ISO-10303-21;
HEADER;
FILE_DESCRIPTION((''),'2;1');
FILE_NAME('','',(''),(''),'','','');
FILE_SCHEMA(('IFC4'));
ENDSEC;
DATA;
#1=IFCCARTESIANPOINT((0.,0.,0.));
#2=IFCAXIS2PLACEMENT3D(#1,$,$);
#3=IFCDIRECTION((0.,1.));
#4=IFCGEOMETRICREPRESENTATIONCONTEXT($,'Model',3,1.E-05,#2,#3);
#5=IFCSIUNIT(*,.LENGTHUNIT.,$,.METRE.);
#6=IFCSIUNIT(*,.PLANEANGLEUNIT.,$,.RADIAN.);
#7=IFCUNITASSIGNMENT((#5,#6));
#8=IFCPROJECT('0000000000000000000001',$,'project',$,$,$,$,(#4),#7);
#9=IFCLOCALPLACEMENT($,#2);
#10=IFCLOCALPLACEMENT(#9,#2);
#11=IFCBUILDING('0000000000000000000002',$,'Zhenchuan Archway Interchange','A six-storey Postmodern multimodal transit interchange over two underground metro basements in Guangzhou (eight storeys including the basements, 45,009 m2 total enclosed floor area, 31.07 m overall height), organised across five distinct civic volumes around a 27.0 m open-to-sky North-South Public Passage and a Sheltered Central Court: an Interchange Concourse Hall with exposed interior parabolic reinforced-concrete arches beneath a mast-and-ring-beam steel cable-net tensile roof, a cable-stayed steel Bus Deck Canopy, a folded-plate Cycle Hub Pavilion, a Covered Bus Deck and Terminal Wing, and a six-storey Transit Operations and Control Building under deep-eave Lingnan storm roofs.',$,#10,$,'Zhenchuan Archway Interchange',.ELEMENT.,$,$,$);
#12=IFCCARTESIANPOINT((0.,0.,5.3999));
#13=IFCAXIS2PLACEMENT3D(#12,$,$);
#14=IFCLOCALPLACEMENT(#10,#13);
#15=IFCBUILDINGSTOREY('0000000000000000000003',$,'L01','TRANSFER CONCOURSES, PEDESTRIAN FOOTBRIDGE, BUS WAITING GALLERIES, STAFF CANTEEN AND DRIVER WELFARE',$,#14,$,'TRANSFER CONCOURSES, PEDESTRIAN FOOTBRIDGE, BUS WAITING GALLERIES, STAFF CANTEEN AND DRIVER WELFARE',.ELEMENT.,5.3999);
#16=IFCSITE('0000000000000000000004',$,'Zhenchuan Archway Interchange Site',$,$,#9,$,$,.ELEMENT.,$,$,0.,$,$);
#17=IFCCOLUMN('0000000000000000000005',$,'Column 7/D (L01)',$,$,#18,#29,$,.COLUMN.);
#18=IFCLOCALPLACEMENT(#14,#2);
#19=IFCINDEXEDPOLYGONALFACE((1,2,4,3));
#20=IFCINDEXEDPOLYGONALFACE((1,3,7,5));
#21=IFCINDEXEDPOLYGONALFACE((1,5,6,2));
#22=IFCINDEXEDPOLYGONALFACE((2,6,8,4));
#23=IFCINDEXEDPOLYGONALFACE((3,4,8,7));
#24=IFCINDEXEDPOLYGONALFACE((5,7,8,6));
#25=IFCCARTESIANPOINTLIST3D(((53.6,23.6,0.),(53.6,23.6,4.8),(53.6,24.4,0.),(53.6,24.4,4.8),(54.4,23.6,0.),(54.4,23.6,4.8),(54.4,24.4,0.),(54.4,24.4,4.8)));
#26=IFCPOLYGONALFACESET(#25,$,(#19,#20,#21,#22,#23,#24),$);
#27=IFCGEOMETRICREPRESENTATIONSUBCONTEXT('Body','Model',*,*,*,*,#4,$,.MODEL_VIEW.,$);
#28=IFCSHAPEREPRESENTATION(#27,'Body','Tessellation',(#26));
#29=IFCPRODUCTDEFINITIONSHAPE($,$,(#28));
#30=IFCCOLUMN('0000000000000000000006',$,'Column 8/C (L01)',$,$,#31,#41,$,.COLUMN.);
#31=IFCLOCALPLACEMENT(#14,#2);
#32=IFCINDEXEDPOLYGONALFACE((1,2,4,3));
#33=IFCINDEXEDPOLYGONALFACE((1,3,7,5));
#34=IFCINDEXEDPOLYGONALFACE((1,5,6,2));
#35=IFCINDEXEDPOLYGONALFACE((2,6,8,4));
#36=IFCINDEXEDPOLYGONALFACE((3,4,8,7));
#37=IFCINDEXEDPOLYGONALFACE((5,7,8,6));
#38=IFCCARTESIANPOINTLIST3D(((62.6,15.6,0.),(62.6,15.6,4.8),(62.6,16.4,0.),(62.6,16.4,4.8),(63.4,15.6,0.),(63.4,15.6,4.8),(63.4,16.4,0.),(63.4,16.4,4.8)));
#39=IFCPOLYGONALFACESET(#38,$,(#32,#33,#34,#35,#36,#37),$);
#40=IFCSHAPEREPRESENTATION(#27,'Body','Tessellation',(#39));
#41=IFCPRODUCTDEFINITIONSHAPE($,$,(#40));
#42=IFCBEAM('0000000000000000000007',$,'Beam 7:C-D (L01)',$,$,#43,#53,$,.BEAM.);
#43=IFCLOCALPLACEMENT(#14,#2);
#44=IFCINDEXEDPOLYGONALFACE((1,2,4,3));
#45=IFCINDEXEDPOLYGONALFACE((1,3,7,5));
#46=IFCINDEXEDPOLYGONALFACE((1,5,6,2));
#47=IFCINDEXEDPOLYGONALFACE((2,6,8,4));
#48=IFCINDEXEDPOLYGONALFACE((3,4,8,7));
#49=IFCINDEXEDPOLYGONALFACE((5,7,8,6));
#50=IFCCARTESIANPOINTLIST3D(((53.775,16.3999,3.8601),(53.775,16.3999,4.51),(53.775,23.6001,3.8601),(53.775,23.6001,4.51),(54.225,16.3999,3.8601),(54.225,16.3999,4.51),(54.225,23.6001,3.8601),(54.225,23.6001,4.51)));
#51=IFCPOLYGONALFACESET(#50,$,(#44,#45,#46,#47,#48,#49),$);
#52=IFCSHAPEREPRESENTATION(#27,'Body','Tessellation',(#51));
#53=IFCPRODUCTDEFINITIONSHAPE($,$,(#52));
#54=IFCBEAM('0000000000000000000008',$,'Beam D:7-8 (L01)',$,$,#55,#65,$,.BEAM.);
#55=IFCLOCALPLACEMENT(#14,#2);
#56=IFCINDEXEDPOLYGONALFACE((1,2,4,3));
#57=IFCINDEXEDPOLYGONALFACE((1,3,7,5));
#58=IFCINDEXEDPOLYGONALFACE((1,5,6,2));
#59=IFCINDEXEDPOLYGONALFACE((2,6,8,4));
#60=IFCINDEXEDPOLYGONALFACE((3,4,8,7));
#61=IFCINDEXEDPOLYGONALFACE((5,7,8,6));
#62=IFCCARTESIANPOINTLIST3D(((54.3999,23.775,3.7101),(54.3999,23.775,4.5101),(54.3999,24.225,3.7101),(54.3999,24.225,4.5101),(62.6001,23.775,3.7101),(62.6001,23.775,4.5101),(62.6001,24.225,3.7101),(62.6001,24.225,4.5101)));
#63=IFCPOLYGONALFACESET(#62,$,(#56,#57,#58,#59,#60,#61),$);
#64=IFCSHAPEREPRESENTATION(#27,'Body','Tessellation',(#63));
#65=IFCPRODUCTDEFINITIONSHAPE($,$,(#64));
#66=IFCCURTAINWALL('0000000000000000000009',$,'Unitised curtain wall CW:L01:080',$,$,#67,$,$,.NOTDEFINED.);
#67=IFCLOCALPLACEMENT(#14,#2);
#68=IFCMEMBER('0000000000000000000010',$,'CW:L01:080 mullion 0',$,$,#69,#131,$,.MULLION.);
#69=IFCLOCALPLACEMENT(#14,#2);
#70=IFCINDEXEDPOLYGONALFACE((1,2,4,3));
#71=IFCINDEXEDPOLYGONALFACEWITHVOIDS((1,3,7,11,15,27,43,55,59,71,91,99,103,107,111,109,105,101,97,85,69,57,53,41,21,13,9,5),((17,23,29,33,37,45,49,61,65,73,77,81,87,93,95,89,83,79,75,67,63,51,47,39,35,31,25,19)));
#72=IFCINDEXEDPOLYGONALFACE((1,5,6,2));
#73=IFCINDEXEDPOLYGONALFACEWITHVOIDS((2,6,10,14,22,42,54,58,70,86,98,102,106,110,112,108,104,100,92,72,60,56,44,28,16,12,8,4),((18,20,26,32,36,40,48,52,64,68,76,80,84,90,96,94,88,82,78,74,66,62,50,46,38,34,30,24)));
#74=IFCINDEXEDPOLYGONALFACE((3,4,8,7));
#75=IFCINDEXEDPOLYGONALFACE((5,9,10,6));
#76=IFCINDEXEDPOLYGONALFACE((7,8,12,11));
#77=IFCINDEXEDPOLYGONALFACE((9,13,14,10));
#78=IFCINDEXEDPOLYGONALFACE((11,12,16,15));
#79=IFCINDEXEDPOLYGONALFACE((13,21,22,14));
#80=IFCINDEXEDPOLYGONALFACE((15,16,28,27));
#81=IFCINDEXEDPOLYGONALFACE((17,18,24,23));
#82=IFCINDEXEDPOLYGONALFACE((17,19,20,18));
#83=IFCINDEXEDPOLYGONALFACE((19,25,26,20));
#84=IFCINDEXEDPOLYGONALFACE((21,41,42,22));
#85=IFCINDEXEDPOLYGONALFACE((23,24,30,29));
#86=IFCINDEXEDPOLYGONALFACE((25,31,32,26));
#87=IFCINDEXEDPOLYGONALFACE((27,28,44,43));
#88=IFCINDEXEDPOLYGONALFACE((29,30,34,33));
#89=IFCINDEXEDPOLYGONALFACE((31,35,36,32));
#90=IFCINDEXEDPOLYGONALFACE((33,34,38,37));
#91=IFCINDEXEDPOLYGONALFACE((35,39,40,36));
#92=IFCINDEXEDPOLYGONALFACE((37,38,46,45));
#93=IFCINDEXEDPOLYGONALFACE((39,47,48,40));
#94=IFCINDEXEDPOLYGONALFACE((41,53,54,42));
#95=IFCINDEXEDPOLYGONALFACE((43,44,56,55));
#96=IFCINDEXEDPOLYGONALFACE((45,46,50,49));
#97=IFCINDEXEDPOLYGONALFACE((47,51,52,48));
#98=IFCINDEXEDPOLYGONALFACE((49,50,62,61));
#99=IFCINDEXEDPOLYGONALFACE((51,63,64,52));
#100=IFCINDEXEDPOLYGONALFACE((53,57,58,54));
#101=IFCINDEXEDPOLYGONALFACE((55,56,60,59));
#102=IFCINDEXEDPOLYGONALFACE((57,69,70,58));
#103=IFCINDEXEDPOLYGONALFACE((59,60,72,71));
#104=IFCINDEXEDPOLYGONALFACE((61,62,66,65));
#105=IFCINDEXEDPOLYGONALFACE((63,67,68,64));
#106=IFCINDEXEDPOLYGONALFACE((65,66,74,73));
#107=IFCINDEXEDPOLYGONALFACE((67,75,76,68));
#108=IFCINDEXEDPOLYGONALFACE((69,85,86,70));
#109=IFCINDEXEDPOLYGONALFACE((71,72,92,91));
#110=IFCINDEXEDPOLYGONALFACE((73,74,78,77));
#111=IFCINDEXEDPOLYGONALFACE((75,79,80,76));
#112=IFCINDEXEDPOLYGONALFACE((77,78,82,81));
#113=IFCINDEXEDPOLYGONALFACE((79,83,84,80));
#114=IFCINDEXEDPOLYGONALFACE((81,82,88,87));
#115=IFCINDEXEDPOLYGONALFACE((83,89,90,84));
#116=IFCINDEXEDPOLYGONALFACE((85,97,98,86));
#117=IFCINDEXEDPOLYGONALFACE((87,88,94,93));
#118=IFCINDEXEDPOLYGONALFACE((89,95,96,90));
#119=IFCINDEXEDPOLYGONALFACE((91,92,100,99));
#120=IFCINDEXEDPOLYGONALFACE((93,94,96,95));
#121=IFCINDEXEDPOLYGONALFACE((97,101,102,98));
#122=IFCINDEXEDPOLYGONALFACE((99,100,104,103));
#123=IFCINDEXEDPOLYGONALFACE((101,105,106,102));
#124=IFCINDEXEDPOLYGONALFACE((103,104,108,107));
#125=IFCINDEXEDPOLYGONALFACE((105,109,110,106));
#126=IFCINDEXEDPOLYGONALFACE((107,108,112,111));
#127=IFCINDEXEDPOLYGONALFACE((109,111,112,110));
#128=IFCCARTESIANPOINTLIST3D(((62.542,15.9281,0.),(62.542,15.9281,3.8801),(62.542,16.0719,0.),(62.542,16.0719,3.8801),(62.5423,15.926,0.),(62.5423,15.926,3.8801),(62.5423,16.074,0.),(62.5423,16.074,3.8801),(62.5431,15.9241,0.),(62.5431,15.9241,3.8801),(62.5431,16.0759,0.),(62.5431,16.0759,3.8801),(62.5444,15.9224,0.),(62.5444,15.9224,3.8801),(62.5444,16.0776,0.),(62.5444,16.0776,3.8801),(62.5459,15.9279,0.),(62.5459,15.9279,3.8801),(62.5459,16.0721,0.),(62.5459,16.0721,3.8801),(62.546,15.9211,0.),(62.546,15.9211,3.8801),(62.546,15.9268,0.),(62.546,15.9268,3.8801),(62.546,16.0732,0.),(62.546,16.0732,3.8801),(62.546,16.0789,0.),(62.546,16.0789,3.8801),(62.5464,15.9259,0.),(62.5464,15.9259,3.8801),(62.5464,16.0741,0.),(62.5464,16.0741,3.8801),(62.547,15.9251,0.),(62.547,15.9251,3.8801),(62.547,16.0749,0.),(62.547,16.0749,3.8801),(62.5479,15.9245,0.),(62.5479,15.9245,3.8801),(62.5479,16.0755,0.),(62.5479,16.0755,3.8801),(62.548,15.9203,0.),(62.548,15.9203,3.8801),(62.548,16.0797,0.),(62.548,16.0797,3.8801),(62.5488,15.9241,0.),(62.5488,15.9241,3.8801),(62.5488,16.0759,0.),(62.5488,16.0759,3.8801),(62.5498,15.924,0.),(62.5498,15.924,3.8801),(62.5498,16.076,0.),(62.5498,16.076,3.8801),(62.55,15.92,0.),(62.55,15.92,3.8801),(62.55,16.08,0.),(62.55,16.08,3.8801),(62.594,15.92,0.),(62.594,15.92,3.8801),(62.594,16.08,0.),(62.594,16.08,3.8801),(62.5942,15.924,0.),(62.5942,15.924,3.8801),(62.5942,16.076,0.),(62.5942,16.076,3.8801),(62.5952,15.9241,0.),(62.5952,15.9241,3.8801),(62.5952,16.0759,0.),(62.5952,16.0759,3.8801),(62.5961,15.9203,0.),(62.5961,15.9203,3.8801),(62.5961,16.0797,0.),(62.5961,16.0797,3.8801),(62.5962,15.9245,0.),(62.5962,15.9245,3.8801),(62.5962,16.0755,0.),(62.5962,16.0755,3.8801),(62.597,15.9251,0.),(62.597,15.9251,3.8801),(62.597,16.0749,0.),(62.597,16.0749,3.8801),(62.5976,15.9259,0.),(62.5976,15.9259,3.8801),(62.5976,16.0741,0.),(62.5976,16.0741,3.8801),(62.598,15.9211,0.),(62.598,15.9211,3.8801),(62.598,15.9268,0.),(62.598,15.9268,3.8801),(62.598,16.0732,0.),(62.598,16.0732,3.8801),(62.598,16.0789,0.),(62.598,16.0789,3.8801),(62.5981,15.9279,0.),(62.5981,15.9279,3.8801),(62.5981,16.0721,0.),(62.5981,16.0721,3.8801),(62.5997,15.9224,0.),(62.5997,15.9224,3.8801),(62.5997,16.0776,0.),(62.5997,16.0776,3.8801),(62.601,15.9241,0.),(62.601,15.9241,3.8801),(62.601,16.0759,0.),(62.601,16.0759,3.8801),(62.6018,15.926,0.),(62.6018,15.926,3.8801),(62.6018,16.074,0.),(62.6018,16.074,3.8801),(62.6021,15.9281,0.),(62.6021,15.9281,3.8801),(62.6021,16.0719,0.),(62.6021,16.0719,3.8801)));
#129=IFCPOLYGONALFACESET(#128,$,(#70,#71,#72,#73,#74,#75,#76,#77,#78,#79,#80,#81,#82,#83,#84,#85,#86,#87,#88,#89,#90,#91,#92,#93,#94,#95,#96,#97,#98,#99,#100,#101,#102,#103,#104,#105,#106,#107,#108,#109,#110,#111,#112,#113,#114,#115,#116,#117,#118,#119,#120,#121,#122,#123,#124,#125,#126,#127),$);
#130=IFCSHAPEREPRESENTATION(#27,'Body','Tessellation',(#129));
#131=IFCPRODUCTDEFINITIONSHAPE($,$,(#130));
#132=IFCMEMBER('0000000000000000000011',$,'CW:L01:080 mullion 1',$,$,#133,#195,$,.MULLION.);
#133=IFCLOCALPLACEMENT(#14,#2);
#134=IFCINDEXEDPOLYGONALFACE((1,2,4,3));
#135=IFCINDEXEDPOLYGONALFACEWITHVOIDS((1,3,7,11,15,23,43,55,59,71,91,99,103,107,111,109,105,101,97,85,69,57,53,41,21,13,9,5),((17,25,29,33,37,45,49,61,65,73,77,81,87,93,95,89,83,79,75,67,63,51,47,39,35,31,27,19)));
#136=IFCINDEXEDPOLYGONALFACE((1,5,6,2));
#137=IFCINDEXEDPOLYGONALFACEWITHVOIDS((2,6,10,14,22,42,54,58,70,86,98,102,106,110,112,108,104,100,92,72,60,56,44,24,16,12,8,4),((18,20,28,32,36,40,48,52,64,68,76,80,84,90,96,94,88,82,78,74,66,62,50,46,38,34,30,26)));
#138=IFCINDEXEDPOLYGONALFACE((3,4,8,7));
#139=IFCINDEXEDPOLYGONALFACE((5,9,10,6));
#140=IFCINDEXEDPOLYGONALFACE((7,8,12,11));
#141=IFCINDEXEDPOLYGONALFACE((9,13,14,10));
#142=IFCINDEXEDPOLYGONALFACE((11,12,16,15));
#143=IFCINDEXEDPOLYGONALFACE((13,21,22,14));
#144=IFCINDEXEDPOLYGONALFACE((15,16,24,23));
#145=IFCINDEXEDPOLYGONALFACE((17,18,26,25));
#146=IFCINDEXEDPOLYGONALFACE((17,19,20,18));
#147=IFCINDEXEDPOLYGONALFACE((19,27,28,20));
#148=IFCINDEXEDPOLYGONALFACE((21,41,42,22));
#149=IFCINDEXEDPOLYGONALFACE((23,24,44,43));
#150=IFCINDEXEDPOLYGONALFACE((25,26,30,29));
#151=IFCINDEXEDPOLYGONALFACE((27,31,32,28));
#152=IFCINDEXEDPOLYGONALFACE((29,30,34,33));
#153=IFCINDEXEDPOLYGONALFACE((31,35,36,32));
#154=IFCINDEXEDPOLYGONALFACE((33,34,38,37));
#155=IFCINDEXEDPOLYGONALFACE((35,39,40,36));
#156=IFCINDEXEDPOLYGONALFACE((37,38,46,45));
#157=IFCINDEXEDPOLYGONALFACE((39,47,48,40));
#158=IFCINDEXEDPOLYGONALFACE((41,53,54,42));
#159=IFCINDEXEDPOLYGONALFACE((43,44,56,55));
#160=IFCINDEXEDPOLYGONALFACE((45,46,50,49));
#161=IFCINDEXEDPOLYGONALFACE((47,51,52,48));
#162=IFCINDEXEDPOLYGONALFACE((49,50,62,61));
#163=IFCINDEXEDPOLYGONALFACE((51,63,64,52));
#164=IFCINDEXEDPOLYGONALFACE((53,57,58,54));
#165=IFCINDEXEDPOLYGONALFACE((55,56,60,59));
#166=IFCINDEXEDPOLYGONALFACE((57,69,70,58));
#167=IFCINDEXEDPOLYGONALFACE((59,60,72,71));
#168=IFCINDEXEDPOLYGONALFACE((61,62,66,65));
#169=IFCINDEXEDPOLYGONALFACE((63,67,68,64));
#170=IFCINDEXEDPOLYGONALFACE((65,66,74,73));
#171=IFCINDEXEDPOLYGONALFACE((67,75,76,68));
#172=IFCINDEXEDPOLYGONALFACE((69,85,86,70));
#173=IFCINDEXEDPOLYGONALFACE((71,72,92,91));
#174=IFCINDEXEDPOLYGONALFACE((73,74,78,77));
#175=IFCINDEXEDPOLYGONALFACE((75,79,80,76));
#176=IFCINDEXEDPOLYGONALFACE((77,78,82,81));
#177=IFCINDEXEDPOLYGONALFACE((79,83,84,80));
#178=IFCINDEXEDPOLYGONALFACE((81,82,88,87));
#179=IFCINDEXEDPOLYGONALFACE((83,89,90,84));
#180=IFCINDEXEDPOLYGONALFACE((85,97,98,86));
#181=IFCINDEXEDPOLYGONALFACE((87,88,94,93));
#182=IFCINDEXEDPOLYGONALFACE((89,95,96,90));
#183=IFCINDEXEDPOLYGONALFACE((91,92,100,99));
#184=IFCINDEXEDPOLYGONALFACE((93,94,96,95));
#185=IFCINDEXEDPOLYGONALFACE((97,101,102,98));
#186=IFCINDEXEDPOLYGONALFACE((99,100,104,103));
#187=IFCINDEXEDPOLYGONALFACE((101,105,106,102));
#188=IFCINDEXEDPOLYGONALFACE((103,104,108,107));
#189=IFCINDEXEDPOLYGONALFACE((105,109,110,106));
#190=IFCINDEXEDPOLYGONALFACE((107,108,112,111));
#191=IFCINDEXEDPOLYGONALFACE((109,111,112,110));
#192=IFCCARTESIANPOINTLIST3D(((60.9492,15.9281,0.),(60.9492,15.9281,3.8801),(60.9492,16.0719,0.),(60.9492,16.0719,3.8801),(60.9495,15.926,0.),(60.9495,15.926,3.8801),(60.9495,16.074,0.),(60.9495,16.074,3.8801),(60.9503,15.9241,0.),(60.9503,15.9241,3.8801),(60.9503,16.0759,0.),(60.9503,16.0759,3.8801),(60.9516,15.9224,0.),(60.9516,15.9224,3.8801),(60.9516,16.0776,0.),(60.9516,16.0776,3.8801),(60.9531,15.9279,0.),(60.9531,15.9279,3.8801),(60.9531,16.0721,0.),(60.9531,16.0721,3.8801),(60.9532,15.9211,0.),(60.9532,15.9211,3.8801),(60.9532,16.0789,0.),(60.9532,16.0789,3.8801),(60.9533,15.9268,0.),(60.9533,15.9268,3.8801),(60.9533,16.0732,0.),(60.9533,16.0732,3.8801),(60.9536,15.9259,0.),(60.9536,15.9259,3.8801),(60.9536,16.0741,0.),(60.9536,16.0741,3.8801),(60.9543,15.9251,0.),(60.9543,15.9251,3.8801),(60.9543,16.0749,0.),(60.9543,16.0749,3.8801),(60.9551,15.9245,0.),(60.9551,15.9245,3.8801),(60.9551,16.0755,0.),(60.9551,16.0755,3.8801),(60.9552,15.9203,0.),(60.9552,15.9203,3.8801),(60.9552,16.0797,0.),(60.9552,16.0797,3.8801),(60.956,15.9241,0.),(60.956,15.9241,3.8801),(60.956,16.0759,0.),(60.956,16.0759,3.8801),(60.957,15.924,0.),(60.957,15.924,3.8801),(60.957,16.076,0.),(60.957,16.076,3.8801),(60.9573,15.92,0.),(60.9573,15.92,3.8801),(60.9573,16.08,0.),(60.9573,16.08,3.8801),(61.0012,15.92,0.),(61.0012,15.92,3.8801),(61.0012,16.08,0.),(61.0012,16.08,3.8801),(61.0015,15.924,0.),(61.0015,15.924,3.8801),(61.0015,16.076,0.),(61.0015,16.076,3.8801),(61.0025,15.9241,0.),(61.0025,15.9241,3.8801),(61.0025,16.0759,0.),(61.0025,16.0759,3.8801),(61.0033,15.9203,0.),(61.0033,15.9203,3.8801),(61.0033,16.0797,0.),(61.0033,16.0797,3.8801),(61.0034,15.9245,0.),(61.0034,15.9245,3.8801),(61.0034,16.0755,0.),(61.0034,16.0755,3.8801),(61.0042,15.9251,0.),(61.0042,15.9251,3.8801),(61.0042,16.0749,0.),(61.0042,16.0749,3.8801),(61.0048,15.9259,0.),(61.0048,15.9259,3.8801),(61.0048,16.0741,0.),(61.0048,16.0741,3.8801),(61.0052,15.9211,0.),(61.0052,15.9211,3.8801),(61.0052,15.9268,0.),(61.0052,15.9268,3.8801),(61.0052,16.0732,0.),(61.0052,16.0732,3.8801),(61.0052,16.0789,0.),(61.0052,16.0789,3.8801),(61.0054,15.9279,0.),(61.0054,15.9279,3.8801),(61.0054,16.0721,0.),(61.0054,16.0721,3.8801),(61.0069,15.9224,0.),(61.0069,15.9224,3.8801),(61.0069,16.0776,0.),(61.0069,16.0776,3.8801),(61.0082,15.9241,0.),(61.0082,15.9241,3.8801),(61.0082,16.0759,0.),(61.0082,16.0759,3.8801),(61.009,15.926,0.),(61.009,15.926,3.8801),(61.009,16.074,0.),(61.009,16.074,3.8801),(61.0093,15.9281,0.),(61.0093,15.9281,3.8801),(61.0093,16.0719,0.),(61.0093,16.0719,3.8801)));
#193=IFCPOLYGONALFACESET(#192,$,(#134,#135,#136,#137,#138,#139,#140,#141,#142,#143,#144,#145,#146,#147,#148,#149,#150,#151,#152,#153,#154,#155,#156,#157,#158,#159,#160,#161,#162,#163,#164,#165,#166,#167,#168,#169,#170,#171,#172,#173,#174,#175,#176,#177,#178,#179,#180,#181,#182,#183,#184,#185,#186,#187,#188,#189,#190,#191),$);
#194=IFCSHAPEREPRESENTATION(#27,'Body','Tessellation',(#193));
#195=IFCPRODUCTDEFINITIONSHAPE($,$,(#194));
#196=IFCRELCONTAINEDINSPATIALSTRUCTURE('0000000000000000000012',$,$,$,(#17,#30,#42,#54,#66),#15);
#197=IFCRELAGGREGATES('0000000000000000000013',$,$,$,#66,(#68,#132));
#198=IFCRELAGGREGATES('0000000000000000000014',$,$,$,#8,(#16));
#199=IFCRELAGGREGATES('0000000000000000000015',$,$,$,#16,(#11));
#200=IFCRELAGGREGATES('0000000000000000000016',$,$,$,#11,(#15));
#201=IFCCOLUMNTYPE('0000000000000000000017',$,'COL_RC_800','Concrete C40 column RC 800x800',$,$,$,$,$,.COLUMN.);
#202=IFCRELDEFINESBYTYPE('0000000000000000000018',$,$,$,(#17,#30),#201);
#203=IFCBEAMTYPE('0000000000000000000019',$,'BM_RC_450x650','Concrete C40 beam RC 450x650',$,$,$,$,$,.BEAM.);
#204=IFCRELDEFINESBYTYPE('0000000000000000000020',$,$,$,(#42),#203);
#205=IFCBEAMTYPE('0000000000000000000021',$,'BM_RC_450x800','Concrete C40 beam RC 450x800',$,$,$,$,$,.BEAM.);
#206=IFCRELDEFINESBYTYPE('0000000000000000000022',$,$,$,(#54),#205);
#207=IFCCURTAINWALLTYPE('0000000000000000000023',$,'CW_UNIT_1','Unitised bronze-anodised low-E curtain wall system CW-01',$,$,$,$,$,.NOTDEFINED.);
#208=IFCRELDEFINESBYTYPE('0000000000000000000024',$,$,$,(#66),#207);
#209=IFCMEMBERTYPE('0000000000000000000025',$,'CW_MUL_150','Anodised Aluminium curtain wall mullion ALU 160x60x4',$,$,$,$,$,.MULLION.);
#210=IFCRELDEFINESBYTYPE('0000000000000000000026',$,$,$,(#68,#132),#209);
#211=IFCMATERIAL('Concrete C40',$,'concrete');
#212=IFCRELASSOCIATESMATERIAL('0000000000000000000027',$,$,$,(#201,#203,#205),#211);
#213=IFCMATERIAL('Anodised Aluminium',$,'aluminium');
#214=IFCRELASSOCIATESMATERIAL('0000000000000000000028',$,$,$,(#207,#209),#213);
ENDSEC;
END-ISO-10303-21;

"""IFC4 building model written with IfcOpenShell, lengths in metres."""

from ifc_helpers import new_model, si_unit, direction, frame, origin, origin_2d, place, context, subcontext, project, spatial, rectangle, hollow_rectangle, extrude, material, material_profile, profile_set, type_object, element, aggregate, save


model = new_model("IFC4")

# Units and contexts
model_context = context("Model", 3, precision=1e-05, world=origin(), true_north=direction((0.0, 1.0)))
body_context = subcontext(model_context, "Body", "Model", "MODEL_VIEW")
ifc_project = project(units=[si_unit("LENGTHUNIT", "METRE"), si_unit("PLANEANGLEUNIT", "RADIAN")], contexts=[model_context])

# Site, building, storey
site_placement = place(None, origin())
site = spatial("IfcSite", under=ifc_project, at=site_placement, Name="Zhenchuan Archway Interchange Site", CompositionType="ELEMENT", RefElevation=0.0)
building_placement = place(site_placement, origin())
building = spatial("IfcBuilding", under=site, at=building_placement, Name="Zhenchuan Archway Interchange", Description="A six-storey Postmodern multimodal transit interchange over two underground metro basements in Guangzhou (eight storeys including the basements, 45,009 m2 total enclosed floor area, 31.07 m overall height), organised across five distinct civic volumes around a 27.0 m open-to-sky North-South Public Passage and a Sheltered Central Court: an Interchange Concourse Hall with exposed interior parabolic reinforced-concrete arches beneath a mast-and-ring-beam steel cable-net tensile roof, a cable-stayed steel Bus Deck Canopy, a folded-plate Cycle Hub Pavilion, a Covered Bus Deck and Terminal Wing, and a six-storey Transit Operations and Control Building under deep-eave Lingnan storm roofs.", LongName="Zhenchuan Archway Interchange", CompositionType="ELEMENT")
storey_placement = place(building_placement, frame((0.0, 0.0, 5.3999)))
storey = spatial("IfcBuildingStorey", under=building, at=storey_placement, Name="L01", Description="TRANSFER CONCOURSES, PEDESTRIAN FOOTBRIDGE, BUS WAITING GALLERIES, STAFF CANTEEN AND DRIVER WELFARE", LongName="TRANSFER CONCOURSES, PEDESTRIAN FOOTBRIDGE, BUS WAITING GALLERIES, STAFF CANTEEN AND DRIVER WELFARE", CompositionType="ELEMENT", Elevation=5.3999)

# Columns
ifc_material_1 = material(Name="Concrete C40", Category="concrete")
ifc_material_profile_1 = material_profile(ifc_material_1, rectangle(XDim=0.8, YDim=0.8, at=origin_2d()), Name="RC 800x800")
ifc_profile_set_1 = profile_set([ifc_material_profile_1], Name="Concrete C40")
column_type = type_object("IfcColumnType", Name="COL_RC_800", Description="Concrete C40 column RC 800x800", PredefinedType="COLUMN", material=ifc_profile_set_1)
for number, where, z_axis, x_axis, name in (
    (1, (54.0, 24.0, 0.0), (0.0, 0.0, 1.0), (1.0, 0.0, 0.0), "Column 7/D (L01)"),
    (2, (63.0, 16.0, 0.0), (0.0, 0.0, 1.0), (1.0, 0.0, 0.0), "Column 8/C (L01)"),
):
    element("IfcColumn", number, at=place(storey_placement, frame(where, z_axis=z_axis, x_axis=x_axis)), inside=storey, type_object=column_type, Name=name, PredefinedType="COLUMN", context=body_context, shape_type="SweptSolid", body=[
        extrude(rectangle(XDim=0.8, YDim=0.8, at=origin_2d()), origin(), (0.0, 0.0, 1.0), 4.8),
    ])

# Beams
ifc_material_profile_2 = material_profile(ifc_material_1, rectangle(XDim=0.45, YDim=0.6499, at=origin_2d()), Name="RC 450x650")
ifc_profile_set_2 = profile_set([ifc_material_profile_2], Name="Concrete C40")
beam_type_1 = type_object("IfcBeamType", Name="BM_RC_450x650", Description="Concrete C40 beam RC 450x650", PredefinedType="BEAM", material=ifc_profile_set_2)
beam_1_placement = place(storey_placement, frame((54.0, 16.3999, 4.1851), z_axis=(0.0, 1.0, 0.0), x_axis=(-1.0, 0.0, 0.0)))
element("IfcBeam", 3, at=beam_1_placement, inside=storey, type_object=beam_type_1, Name="Beam 7:C-D (L01)", PredefinedType="BEAM", context=body_context, shape_type="SweptSolid", body=[
    extrude(rectangle(XDim=0.45, YDim=0.6499, at=origin_2d()), origin(), (0.0, 0.0, 1.0), 7.2002),
])
ifc_material_profile_3 = material_profile(ifc_material_1, rectangle(XDim=0.45, YDim=0.8, at=origin_2d()), Name="RC 450x800")
ifc_profile_set_3 = profile_set([ifc_material_profile_3], Name="Concrete C40")
beam_type_2 = type_object("IfcBeamType", Name="BM_RC_450x800", Description="Concrete C40 beam RC 450x800", PredefinedType="BEAM", material=ifc_profile_set_3)
beam_2_placement = place(storey_placement, frame((54.3999, 24.0, 4.1101), z_axis=(1.0, 0.0, 0.0), x_axis=(0.0, 1.0, 0.0)))
element("IfcBeam", 4, at=beam_2_placement, inside=storey, type_object=beam_type_2, Name="Beam D:7-8 (L01)", PredefinedType="BEAM", context=body_context, shape_type="SweptSolid", body=[
    extrude(rectangle(XDim=0.45, YDim=0.8, at=origin_2d()), origin(), (0.0, 0.0, 1.0), 8.2002),
])

# Curtain wall, members
ifc_material_2 = material(Name="Anodised Aluminium", Category="aluminium")
curtain_wall_type = type_object("IfcCurtainWallType", Name="CW_UNIT_1", Description="Unitised bronze-anodised low-E curtain wall system CW-01", PredefinedType="NOTDEFINED", material=ifc_material_2)
curtain_wall_placement = place(storey_placement, origin())
curtain_wall = element("IfcCurtainWall", 5, at=curtain_wall_placement, inside=storey, type_object=curtain_wall_type, Name="Unitised curtain wall CW:L01:080", PredefinedType="NOTDEFINED")
ifc_material_profile_4 = material_profile(ifc_material_2, hollow_rectangle(XDim=0.0601, YDim=0.1599, WallThickness=0.0039, InnerFilletRadius=0.0039, OuterFilletRadius=0.0081, at=origin_2d()), Name="ALU 160x60x4")
ifc_profile_set_4 = profile_set([ifc_material_profile_4], Name="Anodised Aluminium")
member_type_1 = type_object("IfcMemberType", Name="CW_MUL_150", Description="Anodised Aluminium curtain wall mullion ALU 160x60x4", PredefinedType="MULLION", material=ifc_profile_set_4)
member_1_placement = place(storey_placement, frame((62.572, 16.0, 0.0), z_axis=(0.0, 0.0, 1.0), x_axis=(1.0, 0.0, 0.0)))
member_1 = element("IfcMember", 6, at=member_1_placement, type_object=member_type_1, Name="CW:L01:080 mullion 0", PredefinedType="MULLION", context=body_context, shape_type="SweptSolid", body=[
    extrude(hollow_rectangle(XDim=0.0601, YDim=0.1599, WallThickness=0.0039, InnerFilletRadius=0.0039, OuterFilletRadius=0.0081, at=origin_2d()), origin(), (0.0, 0.0, 1.0), 3.8801),
])
member_2_placement = place(storey_placement, frame((60.9792, 16.0, 0.0), z_axis=(0.0, 0.0, 1.0), x_axis=(1.0, 0.0, 0.0)))
member_2 = element("IfcMember", 7, at=member_2_placement, type_object=member_type_1, Name="CW:L01:080 mullion 1", PredefinedType="MULLION", context=body_context, shape_type="SweptSolid", body=[
    extrude(hollow_rectangle(XDim=0.0601, YDim=0.1599, WallThickness=0.0039, InnerFilletRadius=0.0039, OuterFilletRadius=0.0081, at=origin_2d()), origin(), (0.0, 0.0, 1.0), 3.8801),
])

aggregate(curtain_wall, [member_1, member_2])

save(model, "model.ifc")
